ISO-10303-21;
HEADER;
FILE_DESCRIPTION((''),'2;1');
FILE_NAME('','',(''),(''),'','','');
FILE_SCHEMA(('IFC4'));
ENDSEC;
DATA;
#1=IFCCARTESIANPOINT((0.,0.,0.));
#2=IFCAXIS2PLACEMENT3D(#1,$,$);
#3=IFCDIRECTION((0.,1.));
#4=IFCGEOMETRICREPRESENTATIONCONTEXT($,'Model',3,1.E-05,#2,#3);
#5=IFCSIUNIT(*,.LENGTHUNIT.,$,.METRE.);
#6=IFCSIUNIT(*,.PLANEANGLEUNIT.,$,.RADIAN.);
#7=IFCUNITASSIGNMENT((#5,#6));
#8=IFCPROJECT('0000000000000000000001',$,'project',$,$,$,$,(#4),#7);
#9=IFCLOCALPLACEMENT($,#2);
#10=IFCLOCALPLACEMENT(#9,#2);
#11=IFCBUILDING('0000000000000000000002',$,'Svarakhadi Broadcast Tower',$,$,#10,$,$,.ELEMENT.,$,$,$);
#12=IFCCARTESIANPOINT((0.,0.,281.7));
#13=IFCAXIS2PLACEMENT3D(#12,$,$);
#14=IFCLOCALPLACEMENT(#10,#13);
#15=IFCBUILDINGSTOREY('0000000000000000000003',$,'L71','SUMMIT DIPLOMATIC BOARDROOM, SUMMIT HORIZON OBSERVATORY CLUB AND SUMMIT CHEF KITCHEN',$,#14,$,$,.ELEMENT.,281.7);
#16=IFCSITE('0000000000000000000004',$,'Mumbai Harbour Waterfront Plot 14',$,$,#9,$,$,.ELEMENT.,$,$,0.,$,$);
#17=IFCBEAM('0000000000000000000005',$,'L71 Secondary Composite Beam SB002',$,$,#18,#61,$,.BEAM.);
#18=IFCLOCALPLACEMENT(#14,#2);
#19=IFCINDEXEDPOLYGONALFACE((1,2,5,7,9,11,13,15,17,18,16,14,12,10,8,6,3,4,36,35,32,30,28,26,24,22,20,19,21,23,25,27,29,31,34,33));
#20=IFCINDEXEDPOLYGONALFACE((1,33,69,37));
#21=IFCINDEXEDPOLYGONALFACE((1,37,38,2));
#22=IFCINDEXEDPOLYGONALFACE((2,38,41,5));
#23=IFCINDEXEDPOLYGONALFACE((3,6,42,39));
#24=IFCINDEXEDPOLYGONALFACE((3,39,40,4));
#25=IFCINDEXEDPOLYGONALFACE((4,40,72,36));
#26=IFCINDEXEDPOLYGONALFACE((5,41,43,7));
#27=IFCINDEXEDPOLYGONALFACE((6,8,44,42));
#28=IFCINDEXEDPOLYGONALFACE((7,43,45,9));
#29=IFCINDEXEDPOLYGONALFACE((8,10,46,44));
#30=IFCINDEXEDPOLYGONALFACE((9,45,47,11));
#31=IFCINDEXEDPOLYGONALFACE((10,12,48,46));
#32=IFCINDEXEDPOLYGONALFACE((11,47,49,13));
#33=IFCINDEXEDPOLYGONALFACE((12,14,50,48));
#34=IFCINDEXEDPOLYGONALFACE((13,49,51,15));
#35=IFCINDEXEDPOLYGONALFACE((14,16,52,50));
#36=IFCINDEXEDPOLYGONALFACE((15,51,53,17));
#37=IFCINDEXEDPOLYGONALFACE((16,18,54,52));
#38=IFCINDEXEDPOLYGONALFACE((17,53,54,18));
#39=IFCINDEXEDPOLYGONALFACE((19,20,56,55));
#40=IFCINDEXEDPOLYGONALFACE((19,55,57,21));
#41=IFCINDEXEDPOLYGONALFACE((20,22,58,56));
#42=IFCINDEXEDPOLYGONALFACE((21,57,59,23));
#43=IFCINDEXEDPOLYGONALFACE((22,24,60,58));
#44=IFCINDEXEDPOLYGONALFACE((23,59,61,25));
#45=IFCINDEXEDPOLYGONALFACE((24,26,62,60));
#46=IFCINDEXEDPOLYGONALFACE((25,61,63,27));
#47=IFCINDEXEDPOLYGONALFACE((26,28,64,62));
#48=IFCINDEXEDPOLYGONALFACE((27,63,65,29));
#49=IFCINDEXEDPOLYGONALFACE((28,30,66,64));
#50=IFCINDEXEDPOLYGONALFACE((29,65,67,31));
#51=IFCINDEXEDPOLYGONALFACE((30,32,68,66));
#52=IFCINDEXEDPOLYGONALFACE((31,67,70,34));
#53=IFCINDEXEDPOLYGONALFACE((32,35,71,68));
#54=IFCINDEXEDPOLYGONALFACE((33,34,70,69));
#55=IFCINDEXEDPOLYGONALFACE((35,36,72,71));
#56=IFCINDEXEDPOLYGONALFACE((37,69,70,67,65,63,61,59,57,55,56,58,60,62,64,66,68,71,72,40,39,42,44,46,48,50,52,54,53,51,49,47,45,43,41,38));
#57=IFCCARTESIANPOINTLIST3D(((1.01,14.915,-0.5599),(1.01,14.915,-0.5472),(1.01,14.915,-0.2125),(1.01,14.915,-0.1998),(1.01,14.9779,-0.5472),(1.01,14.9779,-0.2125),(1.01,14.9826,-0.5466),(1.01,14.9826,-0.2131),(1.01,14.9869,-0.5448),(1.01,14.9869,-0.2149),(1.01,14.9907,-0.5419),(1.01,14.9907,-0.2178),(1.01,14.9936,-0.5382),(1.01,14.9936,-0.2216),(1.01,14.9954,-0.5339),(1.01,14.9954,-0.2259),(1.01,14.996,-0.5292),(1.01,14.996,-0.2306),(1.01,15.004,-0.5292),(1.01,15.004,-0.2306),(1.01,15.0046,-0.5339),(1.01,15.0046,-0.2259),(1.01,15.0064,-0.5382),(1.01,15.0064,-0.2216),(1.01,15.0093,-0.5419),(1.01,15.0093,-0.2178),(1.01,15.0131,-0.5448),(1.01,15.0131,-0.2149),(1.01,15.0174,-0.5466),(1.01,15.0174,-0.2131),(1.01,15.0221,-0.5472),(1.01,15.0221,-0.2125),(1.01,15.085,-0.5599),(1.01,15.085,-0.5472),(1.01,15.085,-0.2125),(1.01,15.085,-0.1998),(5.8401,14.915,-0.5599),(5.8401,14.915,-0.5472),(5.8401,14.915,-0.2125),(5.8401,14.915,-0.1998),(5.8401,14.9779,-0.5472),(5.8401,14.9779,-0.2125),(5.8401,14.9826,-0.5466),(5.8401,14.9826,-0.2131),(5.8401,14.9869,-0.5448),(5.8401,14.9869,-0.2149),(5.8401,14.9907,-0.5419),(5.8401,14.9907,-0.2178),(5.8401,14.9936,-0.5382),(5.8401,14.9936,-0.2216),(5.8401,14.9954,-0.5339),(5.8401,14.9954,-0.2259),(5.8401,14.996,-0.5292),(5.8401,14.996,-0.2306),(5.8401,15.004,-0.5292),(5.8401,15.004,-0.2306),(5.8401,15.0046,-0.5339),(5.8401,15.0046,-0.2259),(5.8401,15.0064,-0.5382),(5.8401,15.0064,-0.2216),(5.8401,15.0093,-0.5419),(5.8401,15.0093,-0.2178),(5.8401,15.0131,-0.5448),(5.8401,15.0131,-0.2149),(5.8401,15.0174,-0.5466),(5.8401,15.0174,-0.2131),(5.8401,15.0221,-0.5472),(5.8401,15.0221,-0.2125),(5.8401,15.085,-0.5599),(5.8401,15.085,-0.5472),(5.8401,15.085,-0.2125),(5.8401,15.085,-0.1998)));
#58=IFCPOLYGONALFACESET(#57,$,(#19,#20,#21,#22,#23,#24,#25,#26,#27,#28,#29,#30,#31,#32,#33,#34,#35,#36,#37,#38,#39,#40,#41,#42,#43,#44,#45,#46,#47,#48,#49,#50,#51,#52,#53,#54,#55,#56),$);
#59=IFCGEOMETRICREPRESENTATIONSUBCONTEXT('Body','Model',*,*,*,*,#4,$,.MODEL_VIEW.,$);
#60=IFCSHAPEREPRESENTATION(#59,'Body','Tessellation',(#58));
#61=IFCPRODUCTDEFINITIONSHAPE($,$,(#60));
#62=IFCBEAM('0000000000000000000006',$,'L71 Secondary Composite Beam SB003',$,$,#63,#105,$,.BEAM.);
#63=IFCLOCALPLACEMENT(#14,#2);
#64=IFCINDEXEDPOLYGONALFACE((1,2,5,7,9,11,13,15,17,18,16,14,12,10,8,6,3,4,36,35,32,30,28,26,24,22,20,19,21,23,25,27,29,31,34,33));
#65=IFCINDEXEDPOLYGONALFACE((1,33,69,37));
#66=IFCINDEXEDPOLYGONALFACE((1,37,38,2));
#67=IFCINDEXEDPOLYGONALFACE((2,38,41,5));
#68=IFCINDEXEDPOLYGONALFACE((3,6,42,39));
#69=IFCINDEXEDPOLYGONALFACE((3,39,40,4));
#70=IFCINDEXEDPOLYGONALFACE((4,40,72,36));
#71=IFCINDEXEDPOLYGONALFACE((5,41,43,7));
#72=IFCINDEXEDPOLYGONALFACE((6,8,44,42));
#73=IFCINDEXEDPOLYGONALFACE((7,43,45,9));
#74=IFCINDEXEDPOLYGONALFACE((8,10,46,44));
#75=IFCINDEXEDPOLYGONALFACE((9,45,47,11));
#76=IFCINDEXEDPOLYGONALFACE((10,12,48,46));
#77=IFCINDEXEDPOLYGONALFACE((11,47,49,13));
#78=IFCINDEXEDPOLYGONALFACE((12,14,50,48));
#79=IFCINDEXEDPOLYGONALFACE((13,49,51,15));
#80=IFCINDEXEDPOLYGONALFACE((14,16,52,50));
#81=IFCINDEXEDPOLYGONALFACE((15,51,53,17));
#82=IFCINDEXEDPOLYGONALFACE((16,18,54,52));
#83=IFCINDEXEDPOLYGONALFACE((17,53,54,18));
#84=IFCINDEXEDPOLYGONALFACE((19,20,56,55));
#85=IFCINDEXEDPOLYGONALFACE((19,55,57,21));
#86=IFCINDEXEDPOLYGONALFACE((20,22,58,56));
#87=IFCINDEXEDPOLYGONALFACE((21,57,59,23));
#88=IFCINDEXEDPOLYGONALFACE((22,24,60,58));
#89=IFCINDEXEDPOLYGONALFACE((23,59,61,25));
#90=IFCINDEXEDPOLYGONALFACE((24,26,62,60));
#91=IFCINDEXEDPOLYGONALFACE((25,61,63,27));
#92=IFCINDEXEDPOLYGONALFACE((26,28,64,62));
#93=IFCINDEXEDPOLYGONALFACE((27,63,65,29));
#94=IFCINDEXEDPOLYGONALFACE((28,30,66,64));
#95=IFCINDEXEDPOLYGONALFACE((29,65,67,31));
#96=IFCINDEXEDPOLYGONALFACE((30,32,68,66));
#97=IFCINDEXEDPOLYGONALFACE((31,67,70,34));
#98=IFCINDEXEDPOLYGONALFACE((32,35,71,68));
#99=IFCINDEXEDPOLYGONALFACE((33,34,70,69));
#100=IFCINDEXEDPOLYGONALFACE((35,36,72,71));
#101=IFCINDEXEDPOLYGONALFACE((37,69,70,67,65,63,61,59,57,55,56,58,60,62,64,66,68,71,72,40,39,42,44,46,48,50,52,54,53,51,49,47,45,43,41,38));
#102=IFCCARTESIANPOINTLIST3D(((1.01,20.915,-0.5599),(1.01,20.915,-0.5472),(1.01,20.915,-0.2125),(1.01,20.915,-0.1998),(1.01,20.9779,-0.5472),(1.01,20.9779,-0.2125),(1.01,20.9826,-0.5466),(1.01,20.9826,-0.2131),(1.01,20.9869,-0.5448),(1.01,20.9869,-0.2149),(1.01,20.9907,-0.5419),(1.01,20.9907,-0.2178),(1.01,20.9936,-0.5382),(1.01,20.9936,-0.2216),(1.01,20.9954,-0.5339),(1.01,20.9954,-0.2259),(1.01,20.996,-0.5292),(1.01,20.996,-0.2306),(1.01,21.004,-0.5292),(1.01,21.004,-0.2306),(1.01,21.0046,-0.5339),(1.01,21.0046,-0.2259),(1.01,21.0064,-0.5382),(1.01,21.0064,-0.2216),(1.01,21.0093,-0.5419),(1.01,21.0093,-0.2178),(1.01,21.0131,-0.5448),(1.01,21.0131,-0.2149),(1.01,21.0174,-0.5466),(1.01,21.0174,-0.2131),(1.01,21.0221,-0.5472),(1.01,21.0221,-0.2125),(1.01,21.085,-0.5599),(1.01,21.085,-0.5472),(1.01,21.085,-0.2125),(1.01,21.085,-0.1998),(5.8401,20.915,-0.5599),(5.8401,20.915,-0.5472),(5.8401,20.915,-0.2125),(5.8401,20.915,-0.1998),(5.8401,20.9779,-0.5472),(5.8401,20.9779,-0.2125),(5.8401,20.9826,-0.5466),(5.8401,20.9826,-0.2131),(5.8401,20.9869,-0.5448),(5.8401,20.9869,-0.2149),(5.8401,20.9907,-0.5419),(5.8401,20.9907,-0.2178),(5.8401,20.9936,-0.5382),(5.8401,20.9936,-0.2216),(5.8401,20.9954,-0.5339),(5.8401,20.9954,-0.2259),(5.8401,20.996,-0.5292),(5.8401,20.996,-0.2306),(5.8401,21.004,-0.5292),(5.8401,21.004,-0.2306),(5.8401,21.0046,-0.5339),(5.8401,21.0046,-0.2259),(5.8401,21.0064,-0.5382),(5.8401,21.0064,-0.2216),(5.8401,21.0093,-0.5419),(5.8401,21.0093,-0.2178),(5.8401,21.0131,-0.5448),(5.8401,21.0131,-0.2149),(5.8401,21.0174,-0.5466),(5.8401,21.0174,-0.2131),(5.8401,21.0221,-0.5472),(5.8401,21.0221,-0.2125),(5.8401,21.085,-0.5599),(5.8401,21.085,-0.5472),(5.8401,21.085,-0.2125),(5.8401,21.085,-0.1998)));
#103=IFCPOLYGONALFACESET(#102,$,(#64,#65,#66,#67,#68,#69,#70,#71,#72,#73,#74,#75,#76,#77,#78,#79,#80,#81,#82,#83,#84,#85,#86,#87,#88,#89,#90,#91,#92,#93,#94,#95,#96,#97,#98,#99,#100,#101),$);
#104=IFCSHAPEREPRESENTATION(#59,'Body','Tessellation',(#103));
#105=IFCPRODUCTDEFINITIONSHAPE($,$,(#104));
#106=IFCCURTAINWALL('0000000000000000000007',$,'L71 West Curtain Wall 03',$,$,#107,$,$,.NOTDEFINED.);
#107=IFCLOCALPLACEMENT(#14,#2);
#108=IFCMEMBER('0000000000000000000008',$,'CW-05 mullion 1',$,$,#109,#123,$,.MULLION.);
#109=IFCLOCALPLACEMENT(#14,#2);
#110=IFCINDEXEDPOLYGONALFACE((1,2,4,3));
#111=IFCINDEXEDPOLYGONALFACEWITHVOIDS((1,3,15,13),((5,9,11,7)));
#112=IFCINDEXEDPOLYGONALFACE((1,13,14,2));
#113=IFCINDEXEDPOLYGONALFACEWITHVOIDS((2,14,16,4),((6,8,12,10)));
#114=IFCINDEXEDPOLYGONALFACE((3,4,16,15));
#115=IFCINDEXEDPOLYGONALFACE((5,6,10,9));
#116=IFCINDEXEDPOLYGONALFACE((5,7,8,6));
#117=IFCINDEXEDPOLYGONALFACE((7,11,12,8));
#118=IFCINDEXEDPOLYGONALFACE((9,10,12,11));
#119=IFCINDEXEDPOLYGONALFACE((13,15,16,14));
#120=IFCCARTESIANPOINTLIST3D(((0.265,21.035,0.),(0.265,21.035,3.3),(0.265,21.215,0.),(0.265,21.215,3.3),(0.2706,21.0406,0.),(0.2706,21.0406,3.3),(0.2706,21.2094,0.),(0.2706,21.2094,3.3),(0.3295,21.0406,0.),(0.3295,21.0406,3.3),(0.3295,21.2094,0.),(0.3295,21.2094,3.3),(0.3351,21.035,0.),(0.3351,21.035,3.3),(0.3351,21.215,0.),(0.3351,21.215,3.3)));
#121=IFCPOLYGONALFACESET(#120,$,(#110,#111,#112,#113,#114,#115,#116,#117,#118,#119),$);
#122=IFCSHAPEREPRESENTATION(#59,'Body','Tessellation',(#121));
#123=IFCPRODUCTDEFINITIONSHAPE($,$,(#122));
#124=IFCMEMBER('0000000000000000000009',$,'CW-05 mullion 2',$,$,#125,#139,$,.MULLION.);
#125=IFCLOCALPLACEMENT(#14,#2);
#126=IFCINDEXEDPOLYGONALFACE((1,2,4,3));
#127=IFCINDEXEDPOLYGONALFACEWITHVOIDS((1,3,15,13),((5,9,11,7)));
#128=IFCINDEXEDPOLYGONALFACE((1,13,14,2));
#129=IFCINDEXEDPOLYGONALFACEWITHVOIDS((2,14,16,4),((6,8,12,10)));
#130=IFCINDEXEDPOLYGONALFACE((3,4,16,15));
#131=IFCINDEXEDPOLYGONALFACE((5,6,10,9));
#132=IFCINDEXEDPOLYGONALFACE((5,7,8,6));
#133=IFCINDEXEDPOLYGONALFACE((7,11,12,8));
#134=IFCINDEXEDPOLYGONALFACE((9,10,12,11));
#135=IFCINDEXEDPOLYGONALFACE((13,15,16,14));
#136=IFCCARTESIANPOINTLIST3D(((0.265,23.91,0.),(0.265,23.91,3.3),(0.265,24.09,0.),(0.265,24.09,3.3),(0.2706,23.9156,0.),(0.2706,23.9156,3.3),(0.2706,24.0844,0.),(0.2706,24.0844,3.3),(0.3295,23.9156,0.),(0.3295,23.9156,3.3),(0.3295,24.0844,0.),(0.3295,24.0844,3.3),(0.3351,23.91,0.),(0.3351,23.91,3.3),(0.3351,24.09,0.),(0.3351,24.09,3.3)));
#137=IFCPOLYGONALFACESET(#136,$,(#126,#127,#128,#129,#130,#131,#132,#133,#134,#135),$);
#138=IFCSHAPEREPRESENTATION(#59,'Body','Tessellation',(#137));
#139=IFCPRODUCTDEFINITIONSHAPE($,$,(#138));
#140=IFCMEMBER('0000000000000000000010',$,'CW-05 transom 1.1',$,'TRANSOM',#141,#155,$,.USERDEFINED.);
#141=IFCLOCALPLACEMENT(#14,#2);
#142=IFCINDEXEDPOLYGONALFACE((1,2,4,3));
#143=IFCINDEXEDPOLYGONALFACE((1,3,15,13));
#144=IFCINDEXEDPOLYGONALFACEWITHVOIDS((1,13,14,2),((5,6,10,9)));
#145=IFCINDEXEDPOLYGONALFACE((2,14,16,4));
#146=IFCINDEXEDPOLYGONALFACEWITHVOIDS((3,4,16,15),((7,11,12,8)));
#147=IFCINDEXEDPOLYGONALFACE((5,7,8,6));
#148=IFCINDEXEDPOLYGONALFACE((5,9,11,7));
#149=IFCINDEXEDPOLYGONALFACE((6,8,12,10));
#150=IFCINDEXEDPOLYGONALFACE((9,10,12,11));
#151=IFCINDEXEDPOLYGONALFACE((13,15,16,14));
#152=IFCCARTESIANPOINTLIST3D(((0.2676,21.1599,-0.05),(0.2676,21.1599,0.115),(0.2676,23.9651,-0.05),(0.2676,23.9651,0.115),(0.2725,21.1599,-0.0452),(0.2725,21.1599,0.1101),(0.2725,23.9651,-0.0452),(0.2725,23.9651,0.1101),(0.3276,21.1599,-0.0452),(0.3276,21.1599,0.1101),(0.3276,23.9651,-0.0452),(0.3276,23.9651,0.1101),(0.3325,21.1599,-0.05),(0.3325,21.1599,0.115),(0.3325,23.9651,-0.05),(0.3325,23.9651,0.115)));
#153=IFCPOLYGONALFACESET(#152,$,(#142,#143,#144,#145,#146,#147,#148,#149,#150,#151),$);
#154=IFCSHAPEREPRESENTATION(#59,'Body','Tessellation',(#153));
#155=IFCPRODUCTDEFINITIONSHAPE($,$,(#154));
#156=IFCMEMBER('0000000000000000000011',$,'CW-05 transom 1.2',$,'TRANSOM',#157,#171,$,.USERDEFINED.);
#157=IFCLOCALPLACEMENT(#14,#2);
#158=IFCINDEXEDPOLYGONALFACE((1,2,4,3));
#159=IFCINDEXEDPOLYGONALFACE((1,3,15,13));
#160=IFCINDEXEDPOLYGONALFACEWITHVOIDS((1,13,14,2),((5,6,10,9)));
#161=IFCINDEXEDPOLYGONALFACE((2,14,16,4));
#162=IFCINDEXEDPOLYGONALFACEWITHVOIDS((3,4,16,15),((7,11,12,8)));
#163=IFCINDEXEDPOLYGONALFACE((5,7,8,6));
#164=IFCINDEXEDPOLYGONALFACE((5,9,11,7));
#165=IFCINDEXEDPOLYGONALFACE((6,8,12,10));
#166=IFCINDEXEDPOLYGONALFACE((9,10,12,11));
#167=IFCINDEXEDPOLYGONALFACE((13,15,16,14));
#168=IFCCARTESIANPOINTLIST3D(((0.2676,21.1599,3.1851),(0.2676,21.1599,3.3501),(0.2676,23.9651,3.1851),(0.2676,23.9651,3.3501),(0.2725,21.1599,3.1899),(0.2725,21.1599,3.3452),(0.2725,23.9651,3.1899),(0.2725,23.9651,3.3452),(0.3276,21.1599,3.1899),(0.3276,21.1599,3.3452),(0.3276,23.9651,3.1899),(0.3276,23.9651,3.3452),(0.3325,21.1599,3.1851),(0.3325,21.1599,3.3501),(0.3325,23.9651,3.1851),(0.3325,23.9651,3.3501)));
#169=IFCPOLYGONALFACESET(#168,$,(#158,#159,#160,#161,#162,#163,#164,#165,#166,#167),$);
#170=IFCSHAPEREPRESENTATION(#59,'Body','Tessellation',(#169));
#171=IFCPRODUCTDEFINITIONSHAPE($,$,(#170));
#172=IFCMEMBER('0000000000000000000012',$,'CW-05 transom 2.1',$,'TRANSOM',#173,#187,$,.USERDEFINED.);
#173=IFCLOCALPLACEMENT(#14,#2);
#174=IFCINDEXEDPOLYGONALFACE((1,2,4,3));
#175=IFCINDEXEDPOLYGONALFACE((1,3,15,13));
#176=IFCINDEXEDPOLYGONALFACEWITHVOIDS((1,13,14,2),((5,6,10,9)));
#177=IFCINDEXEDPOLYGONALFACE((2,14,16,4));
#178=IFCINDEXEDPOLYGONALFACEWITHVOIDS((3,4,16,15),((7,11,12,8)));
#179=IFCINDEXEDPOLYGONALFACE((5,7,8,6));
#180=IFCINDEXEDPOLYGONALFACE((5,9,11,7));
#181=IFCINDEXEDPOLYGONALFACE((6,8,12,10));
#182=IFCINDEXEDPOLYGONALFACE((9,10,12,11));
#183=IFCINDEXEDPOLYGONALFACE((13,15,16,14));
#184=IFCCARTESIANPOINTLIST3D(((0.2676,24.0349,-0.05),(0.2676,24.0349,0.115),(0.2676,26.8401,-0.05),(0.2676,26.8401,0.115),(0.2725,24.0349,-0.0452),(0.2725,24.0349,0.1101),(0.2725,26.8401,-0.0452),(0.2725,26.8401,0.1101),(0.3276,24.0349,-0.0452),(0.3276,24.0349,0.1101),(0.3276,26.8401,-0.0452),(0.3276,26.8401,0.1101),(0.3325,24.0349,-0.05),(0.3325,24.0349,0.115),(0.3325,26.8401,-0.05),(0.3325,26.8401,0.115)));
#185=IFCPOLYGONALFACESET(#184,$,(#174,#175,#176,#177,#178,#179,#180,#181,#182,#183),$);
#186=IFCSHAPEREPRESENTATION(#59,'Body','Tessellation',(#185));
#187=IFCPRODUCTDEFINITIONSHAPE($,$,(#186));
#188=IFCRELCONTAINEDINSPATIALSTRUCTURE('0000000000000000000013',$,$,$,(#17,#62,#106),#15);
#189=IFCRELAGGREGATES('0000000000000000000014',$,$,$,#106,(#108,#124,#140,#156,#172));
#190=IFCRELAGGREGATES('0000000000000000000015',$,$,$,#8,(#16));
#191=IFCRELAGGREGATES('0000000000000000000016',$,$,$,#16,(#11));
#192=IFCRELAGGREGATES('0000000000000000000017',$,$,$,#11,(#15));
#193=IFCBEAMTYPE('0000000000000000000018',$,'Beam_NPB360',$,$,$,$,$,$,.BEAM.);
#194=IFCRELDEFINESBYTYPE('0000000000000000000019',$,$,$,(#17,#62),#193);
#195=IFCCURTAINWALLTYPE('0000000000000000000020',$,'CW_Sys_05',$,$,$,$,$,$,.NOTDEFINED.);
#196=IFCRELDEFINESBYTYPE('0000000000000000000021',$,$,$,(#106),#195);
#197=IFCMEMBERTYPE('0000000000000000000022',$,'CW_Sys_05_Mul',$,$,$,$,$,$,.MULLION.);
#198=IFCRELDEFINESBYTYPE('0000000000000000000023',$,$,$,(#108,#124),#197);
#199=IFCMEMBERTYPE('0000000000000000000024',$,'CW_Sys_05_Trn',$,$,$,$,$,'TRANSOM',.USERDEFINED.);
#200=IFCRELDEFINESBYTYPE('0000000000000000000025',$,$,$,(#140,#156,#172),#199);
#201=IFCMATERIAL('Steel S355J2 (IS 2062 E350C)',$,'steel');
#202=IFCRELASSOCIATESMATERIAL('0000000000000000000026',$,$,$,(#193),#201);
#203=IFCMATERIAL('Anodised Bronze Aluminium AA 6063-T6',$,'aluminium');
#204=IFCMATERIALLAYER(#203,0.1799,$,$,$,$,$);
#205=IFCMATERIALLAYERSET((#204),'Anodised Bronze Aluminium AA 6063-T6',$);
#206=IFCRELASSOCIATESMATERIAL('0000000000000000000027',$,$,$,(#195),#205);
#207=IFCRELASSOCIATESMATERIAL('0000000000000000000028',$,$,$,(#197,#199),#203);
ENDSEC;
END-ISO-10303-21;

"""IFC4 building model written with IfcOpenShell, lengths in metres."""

from ifc_helpers import new_model, si_unit, direction, frame, origin, origin_2d, place, context, subcontext, project, spatial, hollow_rectangle, i_section, extrude, material, layer, layer_set, material_profile, profile_set, type_object, element, aggregate, save


model = new_model("IFC4")

# Units and contexts
model_context = context("Model", 3, precision=1e-05, world=origin(), true_north=direction((0.0, 1.0)))
body_context = subcontext(model_context, "Body", "Model", "MODEL_VIEW")
ifc_project = project(units=[si_unit("LENGTHUNIT", "METRE"), si_unit("PLANEANGLEUNIT", "RADIAN")], contexts=[model_context])

# Site, building, storey
site_placement = place(None, origin())
site = spatial("IfcSite", under=ifc_project, at=site_placement, Name="Mumbai Harbour Waterfront Plot 14", CompositionType="ELEMENT", RefElevation=0.0)
building_placement = place(site_placement, origin())
building = spatial("IfcBuilding", under=site, at=building_placement, Name="Svarakhadi Broadcast Tower", CompositionType="ELEMENT")
storey_placement = place(building_placement, frame((0.0, 0.0, 281.7)))
storey = spatial("IfcBuildingStorey", under=building, at=storey_placement, Name="L71", Description="SUMMIT DIPLOMATIC BOARDROOM, SUMMIT HORIZON OBSERVATORY CLUB AND SUMMIT CHEF KITCHEN", CompositionType="ELEMENT", Elevation=281.7)

# Beams
ifc_material_1 = material(Name="Steel S355J2 (IS 2062 E350C)", Category="steel")
ifc_material_profile_1 = material_profile(ifc_material_1, i_section(OverallWidth=0.1699, OverallDepth=0.3601, WebThickness=0.0081, FlangeThickness=0.0127, FilletRadius=0.0181, at=origin_2d()), Name="NPB 360x170x57")
ifc_profile_set_1 = profile_set([ifc_material_profile_1], Name="Steel S355J2 (IS 2062 E350C)")
beam_type_1 = type_object("IfcBeamType", Name="Beam_NPB360", PredefinedType="BEAM", material=ifc_profile_set_1)
for number, where, z_axis, x_axis, name in (
    (1, (1.01, 15.0, -0.3799), (1.0, 0.0, 0.0), (0.0, 1.0, 0.0), "L71 Secondary Composite Beam SB002"),
    (2, (1.01, 21.0, -0.3799), (1.0, 0.0, 0.0), (0.0, 1.0, 0.0), "L71 Secondary Composite Beam SB003"),
):
    element("IfcBeam", number, at=place(storey_placement, frame(where, z_axis=z_axis, x_axis=x_axis)), inside=storey, type_object=beam_type_1, Name=name, PredefinedType="BEAM", context=body_context, shape_type="SweptSolid", body=[
        extrude(i_section(OverallWidth=0.1699, OverallDepth=0.3601, WebThickness=0.0081, FlangeThickness=0.0127, FilletRadius=0.0181, at=origin_2d()), origin(), (0.0, 0.0, 1.0), 4.8301),
    ])

# Curtain wall, members
ifc_material_2 = material(Name="Anodised Bronze Aluminium AA 6063-T6", Category="aluminium")
ifc_layer_1 = layer(ifc_material_2, 0.1799)
ifc_layer_set_1 = layer_set([ifc_layer_1], Name="Anodised Bronze Aluminium AA 6063-T6")
curtain_wall_type = type_object("IfcCurtainWallType", Name="CW_Sys_05", PredefinedType="NOTDEFINED", material=ifc_layer_set_1)
curtain_wall_placement = place(storey_placement, origin())
curtain_wall = element("IfcCurtainWall", 3, at=curtain_wall_placement, inside=storey, type_object=curtain_wall_type, Name="L71 West Curtain Wall 03", PredefinedType="NOTDEFINED")
ifc_material_profile_2 = material_profile(ifc_material_2, hollow_rectangle(XDim=0.0701, YDim=0.1799, WallThickness=0.0056, at=origin_2d()), Name="ALU MULLION 180x70x6")
ifc_profile_set_2 = profile_set([ifc_material_profile_2], Name="Anodised Bronze Aluminium AA 6063-T6")
member_type_1 = type_object("IfcMemberType", Name="CW_Sys_05_Mul", PredefinedType="MULLION", material=ifc_profile_set_2)
member_1_placement = place(storey_placement, frame((0.3, 21.125, 0.0), z_axis=(0.0, 0.0, 1.0), x_axis=(-1.0, 0.0, 0.0)))
member_1 = element("IfcMember", 4, at=member_1_placement, type_object=member_type_1, Name="CW-05 mullion 1", PredefinedType="MULLION", context=body_context, shape_type="SweptSolid", body=[
    extrude(hollow_rectangle(XDim=0.0701, YDim=0.1799, WallThickness=0.0056, at=origin_2d()), origin(), (0.0, 0.0, 1.0), 3.3),
])
member_2_placement = place(storey_placement, frame((0.3, 24.0, 0.0), z_axis=(0.0, 0.0, 1.0), x_axis=(-1.0, 0.0, 0.0)))
member_2 = element("IfcMember", 5, at=member_2_placement, type_object=member_type_1, Name="CW-05 mullion 2", PredefinedType="MULLION", context=body_context, shape_type="SweptSolid", body=[
    extrude(hollow_rectangle(XDim=0.0701, YDim=0.1799, WallThickness=0.0056, at=origin_2d()), origin(), (0.0, 0.0, 1.0), 3.3),
])
ifc_material_profile_3 = material_profile(ifc_material_2, hollow_rectangle(XDim=0.0649, YDim=0.165, WallThickness=0.0049, at=origin_2d()), Name="ALU TRANSOM 165x65x5")
ifc_profile_set_3 = profile_set([ifc_material_profile_3], Name="Anodised Bronze Aluminium AA 6063-T6")
member_type_2 = type_object("IfcMemberType", Name="CW_Sys_05_Trn", ElementType="TRANSOM", PredefinedType="USERDEFINED", material=ifc_profile_set_3)
member_3_placement = place(storey_placement, frame((0.3, 21.1599, 0.0325), z_axis=(0.0, 1.0, 0.0), x_axis=(-1.0, 0.0, 0.0)))
member_3 = element("IfcMember", 6, at=member_3_placement, type_object=member_type_2, Name="CW-05 transom 1.1", ObjectType="TRANSOM", PredefinedType="USERDEFINED", context=body_context, shape_type="SweptSolid", body=[
    extrude(hollow_rectangle(XDim=0.0649, YDim=0.165, WallThickness=0.0049, at=origin_2d()), origin(), (0.0, 0.0, 1.0), 2.8052),
])
member_4_placement = place(storey_placement, frame((0.3, 21.1599, 3.2676), z_axis=(0.0, 1.0, 0.0), x_axis=(-1.0, 0.0, 0.0)))
member_4 = element("IfcMember", 7, at=member_4_placement, type_object=member_type_2, Name="CW-05 transom 1.2", ObjectType="TRANSOM", PredefinedType="USERDEFINED", context=body_context, shape_type="SweptSolid", body=[
    extrude(hollow_rectangle(XDim=0.0649, YDim=0.165, WallThickness=0.0049, at=origin_2d()), origin(), (0.0, 0.0, 1.0), 2.8052),
])
member_5_placement = place(storey_placement, frame((0.3, 24.0349, 0.0325), z_axis=(0.0, 1.0, 0.0), x_axis=(-1.0, 0.0, 0.0)))
member_5 = element("IfcMember", 8, at=member_5_placement, type_object=member_type_2, Name="CW-05 transom 2.1", ObjectType="TRANSOM", PredefinedType="USERDEFINED", context=body_context, shape_type="SweptSolid", body=[
    extrude(hollow_rectangle(XDim=0.0649, YDim=0.165, WallThickness=0.0049, at=origin_2d()), origin(), (0.0, 0.0, 1.0), 2.8052),
])

aggregate(curtain_wall, [member_1, member_2, member_3, member_4, member_5])

save(model, "model.ifc")
